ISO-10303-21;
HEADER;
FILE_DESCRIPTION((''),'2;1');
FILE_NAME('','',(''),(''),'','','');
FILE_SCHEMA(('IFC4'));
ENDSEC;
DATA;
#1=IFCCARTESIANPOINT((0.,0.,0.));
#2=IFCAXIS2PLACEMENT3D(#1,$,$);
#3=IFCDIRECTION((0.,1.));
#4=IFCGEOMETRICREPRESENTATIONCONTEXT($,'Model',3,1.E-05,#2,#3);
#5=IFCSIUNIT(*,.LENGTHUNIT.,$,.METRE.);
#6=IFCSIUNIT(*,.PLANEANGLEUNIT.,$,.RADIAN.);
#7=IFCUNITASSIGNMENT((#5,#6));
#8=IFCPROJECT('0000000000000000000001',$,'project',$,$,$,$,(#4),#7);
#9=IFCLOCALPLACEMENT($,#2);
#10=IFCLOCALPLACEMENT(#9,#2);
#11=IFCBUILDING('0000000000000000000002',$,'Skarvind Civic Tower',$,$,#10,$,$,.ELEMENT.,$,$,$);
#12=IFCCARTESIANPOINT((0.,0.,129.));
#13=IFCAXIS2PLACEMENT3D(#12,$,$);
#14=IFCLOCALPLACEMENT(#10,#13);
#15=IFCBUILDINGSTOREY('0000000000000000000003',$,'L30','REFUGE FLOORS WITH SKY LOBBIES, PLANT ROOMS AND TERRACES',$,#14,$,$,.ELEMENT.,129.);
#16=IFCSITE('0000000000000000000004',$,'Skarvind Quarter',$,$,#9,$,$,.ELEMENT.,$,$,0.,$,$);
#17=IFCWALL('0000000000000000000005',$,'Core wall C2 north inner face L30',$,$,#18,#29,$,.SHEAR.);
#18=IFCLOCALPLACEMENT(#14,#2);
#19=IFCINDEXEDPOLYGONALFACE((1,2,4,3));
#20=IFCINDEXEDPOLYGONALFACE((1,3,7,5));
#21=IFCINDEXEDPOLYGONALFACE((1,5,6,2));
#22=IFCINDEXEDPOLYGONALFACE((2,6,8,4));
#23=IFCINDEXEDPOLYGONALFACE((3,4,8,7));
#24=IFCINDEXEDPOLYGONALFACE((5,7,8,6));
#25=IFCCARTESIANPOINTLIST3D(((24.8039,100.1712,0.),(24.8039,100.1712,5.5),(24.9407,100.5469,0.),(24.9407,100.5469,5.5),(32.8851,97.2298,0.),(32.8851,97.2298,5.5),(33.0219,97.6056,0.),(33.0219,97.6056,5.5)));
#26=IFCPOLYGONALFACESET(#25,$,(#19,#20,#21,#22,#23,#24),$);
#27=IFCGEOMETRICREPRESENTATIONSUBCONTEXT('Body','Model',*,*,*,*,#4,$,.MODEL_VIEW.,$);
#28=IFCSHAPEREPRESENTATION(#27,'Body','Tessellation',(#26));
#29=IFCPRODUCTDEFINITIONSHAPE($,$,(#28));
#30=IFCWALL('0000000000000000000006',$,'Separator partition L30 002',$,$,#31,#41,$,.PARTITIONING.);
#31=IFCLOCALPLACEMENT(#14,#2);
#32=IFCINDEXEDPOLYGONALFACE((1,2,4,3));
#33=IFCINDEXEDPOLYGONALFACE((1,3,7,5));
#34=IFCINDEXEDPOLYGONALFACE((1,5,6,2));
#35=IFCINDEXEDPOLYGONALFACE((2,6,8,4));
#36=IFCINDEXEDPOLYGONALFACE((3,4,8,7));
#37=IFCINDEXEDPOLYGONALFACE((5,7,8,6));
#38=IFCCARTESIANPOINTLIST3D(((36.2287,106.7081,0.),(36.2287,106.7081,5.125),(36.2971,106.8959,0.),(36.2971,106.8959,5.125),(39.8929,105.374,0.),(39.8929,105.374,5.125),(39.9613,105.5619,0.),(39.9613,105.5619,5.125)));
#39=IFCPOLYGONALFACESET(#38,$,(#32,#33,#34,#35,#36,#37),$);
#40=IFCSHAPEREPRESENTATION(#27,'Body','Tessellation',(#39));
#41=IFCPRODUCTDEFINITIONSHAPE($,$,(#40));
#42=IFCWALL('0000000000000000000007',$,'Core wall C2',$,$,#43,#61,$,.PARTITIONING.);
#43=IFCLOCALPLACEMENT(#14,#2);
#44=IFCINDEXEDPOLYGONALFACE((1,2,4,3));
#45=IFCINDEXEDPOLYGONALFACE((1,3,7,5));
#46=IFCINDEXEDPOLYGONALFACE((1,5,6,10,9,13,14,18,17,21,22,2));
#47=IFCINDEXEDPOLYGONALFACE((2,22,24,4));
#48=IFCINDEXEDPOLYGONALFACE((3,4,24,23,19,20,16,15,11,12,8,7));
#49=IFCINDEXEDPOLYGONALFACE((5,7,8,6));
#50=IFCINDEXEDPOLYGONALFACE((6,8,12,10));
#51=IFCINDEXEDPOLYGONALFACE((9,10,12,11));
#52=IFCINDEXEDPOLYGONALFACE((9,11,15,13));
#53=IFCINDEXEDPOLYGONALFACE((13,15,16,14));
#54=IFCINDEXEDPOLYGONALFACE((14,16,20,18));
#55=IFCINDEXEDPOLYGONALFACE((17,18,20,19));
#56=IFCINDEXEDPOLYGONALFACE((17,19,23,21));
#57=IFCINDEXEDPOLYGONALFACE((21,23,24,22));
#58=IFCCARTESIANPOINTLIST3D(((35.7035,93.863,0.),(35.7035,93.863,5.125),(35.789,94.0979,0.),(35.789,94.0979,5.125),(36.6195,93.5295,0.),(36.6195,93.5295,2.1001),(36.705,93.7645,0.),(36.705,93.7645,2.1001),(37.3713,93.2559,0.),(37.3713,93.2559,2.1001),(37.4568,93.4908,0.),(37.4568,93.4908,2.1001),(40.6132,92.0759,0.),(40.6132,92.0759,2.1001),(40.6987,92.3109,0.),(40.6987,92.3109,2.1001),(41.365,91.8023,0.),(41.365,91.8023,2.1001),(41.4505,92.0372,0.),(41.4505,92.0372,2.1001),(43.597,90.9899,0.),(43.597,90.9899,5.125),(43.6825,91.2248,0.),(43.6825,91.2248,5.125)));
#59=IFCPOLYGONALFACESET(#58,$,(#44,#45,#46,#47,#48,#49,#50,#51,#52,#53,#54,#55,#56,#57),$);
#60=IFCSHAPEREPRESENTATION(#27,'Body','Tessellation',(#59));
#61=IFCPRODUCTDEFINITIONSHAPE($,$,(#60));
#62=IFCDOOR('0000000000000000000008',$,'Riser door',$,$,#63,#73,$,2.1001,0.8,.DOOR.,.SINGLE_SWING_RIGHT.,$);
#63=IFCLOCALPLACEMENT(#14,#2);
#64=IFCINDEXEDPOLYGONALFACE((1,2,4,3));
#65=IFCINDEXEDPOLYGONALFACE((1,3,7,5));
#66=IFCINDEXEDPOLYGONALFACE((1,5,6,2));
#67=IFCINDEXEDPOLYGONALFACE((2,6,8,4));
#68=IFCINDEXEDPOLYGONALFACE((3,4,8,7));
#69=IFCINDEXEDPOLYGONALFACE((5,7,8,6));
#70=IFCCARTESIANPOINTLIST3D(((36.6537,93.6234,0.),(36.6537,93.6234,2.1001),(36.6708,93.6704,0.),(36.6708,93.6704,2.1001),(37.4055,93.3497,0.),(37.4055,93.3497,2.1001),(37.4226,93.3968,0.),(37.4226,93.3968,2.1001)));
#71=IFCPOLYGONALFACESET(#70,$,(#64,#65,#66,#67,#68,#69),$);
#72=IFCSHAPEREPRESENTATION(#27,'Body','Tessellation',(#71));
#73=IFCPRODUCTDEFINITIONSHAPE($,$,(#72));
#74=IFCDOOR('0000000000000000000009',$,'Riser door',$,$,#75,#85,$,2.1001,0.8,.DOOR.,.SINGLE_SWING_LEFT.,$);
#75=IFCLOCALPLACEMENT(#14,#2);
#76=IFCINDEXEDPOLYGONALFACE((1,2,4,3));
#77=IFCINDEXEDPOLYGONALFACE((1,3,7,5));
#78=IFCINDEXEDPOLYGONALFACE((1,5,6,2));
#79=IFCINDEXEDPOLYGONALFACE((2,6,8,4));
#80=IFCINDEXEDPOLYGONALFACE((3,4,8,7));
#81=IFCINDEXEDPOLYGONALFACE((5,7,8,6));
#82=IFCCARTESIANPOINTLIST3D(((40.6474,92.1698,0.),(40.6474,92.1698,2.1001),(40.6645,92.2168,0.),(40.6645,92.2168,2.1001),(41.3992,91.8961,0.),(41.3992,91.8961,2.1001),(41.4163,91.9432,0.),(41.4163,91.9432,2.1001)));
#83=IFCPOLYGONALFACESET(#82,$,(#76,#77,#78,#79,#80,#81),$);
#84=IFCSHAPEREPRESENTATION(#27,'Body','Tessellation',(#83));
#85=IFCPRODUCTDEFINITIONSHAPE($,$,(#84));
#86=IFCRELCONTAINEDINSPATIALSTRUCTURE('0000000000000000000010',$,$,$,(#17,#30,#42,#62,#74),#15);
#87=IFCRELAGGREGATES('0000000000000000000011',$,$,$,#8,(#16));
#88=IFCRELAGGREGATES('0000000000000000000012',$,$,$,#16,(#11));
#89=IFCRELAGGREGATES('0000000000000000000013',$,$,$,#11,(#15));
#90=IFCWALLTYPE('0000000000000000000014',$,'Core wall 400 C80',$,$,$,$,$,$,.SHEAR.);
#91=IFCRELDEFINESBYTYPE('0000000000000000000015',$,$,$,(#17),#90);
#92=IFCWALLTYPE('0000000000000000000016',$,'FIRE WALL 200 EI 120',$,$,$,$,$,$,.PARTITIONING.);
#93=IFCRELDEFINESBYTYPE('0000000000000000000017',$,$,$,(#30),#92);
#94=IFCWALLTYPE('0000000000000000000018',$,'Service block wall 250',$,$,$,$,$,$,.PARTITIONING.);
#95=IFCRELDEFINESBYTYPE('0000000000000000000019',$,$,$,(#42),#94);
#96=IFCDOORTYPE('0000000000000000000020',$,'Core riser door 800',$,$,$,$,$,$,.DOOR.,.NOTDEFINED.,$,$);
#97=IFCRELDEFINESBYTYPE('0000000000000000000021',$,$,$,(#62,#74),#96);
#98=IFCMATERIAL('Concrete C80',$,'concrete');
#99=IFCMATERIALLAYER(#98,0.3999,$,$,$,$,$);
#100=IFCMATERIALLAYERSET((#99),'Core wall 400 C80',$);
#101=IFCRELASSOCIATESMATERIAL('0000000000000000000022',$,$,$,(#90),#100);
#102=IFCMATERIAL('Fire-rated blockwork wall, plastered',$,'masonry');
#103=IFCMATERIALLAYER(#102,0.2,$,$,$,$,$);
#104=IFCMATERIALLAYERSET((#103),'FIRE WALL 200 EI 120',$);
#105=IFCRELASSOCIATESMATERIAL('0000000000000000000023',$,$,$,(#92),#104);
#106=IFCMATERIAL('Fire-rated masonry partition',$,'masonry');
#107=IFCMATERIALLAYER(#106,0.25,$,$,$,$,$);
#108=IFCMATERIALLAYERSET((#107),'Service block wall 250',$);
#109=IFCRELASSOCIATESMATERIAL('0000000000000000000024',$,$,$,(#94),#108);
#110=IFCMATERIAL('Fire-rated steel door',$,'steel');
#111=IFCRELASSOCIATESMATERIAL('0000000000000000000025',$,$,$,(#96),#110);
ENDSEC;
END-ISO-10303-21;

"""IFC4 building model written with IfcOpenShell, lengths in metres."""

from ifc_helpers import new_model, si_unit, direction, frame, frame_2d, origin, place, context, subcontext, project, spatial, rectangle, extrude, material, layer, layer_set, type_object, element, fill, save


model = new_model("IFC4")

# Units and contexts
model_context = context("Model", 3, precision=1e-05, world=origin(), true_north=direction((0.0, 1.0)))
body_context = subcontext(model_context, "Body", "Model", "MODEL_VIEW")
ifc_project = project(units=[si_unit("LENGTHUNIT", "METRE"), si_unit("PLANEANGLEUNIT", "RADIAN")], contexts=[model_context])

# Site, building, storey
site_placement = place(None, origin())
site = spatial("IfcSite", under=ifc_project, at=site_placement, Name="Skarvind Quarter", CompositionType="ELEMENT", RefElevation=0.0)
building_placement = place(site_placement, origin())
building = spatial("IfcBuilding", under=site, at=building_placement, Name="Skarvind Civic Tower", CompositionType="ELEMENT")
storey_placement = place(building_placement, frame((0.0, 0.0, 129.0)))
storey = spatial("IfcBuildingStorey", under=building, at=storey_placement, Name="L30", Description="REFUGE FLOORS WITH SKY LOBBIES, PLANT ROOMS AND TERRACES", CompositionType="ELEMENT", Elevation=129.0)

# Shared definitions
ifc_material_1 = material(Name="Fire-rated masonry partition", Category="masonry")
ifc_material_2 = material(Name="Fire-rated steel door", Category="steel")

# Walls
ifc_material_3 = material(Name="Concrete C80", Category="concrete")
ifc_layer_1 = layer(ifc_material_3, 0.3999)
ifc_layer_set_1 = layer_set([ifc_layer_1], Name="Core wall 400 C80")
wall_type_1 = type_object("IfcWallType", Name="Core wall 400 C80", PredefinedType="SHEAR", material=ifc_layer_set_1)
wall_1_placement = place(storey_placement, frame((32.9534, 97.4177, 0.0), z_axis=(0.0, 0.0, 1.0), x_axis=(-0.939691, 0.342026, 0.0)))
element("IfcWall", 1, at=wall_1_placement, inside=storey, type_object=wall_type_1, Name="Core wall C2 north inner face L30", PredefinedType="SHEAR", context=body_context, shape_type="SweptSolid", body=[
    extrude(rectangle(XDim=8.5999, YDim=0.3999, at=frame_2d((4.2998, 0.0))), origin(), (0.0, 0.0, 1.0), 5.5),
])
ifc_material_4 = material(Name="Fire-rated blockwork wall, plastered", Category="masonry")
ifc_layer_2 = layer(ifc_material_4, 0.2)
ifc_layer_set_2 = layer_set([ifc_layer_2], Name="FIRE WALL 200 EI 120")
wall_type_2 = type_object("IfcWallType", Name="FIRE WALL 200 EI 120", PredefinedType="PARTITIONING", material=ifc_layer_set_2)
wall_2_placement = place(storey_placement, frame((36.2629, 106.802, 0.0), z_axis=(0.0, 0.0, 1.0), x_axis=(0.939662, -0.342105, 0.0)))
element("IfcWall", 2, at=wall_2_placement, inside=storey, type_object=wall_type_2, Name="Separator partition L30 002", PredefinedType="PARTITIONING", context=body_context, shape_type="SweptSolid", body=[
    extrude(rectangle(XDim=3.8994, YDim=0.2, at=frame_2d((1.9497, 0.0))), origin(), (0.0, 0.0, 1.0), 5.125),
])

# Wall, openings, doors
ifc_layer_3 = layer(ifc_material_1, 0.25)
ifc_layer_set_3 = layer_set([ifc_layer_3], Name="Service block wall 250")
wall_type_3 = type_object("IfcWallType", Name="Service block wall 250", PredefinedType="PARTITIONING", material=ifc_layer_set_3)
wall_3_placement = place(storey_placement, frame((35.7461, 93.9805, 0.0), z_axis=(0.0, 0.0, 1.0), x_axis=(0.939692, -0.342023, 0.0)))
wall_3 = element("IfcWall", 3, at=wall_3_placement, inside=storey, type_object=wall_type_3, Name="Core wall C2", PredefinedType="PARTITIONING", context=body_context, shape_type="SweptSolid", body=[
    extrude(rectangle(XDim=8.4001, YDim=0.25, at=frame_2d((4.2002, 0.0))), origin(), (0.0, 0.0, 1.0), 5.125),
])
opening_1_placement = place(wall_3_placement, frame((0.9751, 0.0, 0.0)))
opening_1 = element("IfcOpeningElement", 4, at=opening_1_placement, cuts=wall_3, PredefinedType="OPENING", context=body_context, shape_type="SweptSolid", body=[
    extrude(rectangle(XDim=0.8, YDim=2.1001, at=frame_2d((0.3999, 1.05))), frame((0.0, 0.135, 0.0), z_axis=(0.0, -1.0, 0.0), x_axis=(1.0, 0.0, 0.0)), (0.0, 0.0, 1.0), 0.27),
])
opening_2_placement = place(wall_3_placement, frame((5.2251, 0.0, 0.0)))
opening_2 = element("IfcOpeningElement", 5, at=opening_2_placement, cuts=wall_3, PredefinedType="OPENING", context=body_context, shape_type="SweptSolid", body=[
    extrude(rectangle(XDim=0.8, YDim=2.1001, at=frame_2d((0.3999, 1.05))), frame((0.0, 0.135, 0.0), z_axis=(0.0, -1.0, 0.0), x_axis=(1.0, 0.0, 0.0)), (0.0, 0.0, 1.0), 0.27),
])
door_type_1 = type_object("IfcDoorType", Name="Core riser door 800", OperationType="NOTDEFINED", PredefinedType="DOOR", material=ifc_material_2)
door_1_placement = place(opening_1_placement, origin())
door_1 = element("IfcDoor", 6, at=door_1_placement, inside=storey, type_object=door_type_1, Name="Riser door", OperationType="SINGLE_SWING_RIGHT", OverallHeight=2.1001, OverallWidth=0.8, PredefinedType="DOOR", context=body_context, shape_type="SweptSolid", body=[
    extrude(rectangle(XDim=0.8, YDim=2.1001, at=frame_2d((0.3999, 1.05))), frame((0.0, 0.0249, 0.0), z_axis=(0.0, -1.0, 0.0), x_axis=(1.0, 0.0, 0.0)), (0.0, 0.0, 1.0), 0.05),
])
fill(opening_1, door_1)
door_2_placement = place(opening_2_placement, origin())
door_2 = element("IfcDoor", 7, at=door_2_placement, inside=storey, type_object=door_type_1, Name="Riser door", OperationType="SINGLE_SWING_LEFT", OverallHeight=2.1001, OverallWidth=0.8, PredefinedType="DOOR", context=body_context, shape_type="SweptSolid", body=[
    extrude(rectangle(XDim=0.8, YDim=2.1001, at=frame_2d((0.3999, 1.05))), frame((0.0, 0.0249, 0.0), z_axis=(0.0, -1.0, 0.0), x_axis=(1.0, 0.0, 0.0)), (0.0, 0.0, 1.0), 0.05),
])
fill(opening_2, door_2)

save(model, "model.ifc")
